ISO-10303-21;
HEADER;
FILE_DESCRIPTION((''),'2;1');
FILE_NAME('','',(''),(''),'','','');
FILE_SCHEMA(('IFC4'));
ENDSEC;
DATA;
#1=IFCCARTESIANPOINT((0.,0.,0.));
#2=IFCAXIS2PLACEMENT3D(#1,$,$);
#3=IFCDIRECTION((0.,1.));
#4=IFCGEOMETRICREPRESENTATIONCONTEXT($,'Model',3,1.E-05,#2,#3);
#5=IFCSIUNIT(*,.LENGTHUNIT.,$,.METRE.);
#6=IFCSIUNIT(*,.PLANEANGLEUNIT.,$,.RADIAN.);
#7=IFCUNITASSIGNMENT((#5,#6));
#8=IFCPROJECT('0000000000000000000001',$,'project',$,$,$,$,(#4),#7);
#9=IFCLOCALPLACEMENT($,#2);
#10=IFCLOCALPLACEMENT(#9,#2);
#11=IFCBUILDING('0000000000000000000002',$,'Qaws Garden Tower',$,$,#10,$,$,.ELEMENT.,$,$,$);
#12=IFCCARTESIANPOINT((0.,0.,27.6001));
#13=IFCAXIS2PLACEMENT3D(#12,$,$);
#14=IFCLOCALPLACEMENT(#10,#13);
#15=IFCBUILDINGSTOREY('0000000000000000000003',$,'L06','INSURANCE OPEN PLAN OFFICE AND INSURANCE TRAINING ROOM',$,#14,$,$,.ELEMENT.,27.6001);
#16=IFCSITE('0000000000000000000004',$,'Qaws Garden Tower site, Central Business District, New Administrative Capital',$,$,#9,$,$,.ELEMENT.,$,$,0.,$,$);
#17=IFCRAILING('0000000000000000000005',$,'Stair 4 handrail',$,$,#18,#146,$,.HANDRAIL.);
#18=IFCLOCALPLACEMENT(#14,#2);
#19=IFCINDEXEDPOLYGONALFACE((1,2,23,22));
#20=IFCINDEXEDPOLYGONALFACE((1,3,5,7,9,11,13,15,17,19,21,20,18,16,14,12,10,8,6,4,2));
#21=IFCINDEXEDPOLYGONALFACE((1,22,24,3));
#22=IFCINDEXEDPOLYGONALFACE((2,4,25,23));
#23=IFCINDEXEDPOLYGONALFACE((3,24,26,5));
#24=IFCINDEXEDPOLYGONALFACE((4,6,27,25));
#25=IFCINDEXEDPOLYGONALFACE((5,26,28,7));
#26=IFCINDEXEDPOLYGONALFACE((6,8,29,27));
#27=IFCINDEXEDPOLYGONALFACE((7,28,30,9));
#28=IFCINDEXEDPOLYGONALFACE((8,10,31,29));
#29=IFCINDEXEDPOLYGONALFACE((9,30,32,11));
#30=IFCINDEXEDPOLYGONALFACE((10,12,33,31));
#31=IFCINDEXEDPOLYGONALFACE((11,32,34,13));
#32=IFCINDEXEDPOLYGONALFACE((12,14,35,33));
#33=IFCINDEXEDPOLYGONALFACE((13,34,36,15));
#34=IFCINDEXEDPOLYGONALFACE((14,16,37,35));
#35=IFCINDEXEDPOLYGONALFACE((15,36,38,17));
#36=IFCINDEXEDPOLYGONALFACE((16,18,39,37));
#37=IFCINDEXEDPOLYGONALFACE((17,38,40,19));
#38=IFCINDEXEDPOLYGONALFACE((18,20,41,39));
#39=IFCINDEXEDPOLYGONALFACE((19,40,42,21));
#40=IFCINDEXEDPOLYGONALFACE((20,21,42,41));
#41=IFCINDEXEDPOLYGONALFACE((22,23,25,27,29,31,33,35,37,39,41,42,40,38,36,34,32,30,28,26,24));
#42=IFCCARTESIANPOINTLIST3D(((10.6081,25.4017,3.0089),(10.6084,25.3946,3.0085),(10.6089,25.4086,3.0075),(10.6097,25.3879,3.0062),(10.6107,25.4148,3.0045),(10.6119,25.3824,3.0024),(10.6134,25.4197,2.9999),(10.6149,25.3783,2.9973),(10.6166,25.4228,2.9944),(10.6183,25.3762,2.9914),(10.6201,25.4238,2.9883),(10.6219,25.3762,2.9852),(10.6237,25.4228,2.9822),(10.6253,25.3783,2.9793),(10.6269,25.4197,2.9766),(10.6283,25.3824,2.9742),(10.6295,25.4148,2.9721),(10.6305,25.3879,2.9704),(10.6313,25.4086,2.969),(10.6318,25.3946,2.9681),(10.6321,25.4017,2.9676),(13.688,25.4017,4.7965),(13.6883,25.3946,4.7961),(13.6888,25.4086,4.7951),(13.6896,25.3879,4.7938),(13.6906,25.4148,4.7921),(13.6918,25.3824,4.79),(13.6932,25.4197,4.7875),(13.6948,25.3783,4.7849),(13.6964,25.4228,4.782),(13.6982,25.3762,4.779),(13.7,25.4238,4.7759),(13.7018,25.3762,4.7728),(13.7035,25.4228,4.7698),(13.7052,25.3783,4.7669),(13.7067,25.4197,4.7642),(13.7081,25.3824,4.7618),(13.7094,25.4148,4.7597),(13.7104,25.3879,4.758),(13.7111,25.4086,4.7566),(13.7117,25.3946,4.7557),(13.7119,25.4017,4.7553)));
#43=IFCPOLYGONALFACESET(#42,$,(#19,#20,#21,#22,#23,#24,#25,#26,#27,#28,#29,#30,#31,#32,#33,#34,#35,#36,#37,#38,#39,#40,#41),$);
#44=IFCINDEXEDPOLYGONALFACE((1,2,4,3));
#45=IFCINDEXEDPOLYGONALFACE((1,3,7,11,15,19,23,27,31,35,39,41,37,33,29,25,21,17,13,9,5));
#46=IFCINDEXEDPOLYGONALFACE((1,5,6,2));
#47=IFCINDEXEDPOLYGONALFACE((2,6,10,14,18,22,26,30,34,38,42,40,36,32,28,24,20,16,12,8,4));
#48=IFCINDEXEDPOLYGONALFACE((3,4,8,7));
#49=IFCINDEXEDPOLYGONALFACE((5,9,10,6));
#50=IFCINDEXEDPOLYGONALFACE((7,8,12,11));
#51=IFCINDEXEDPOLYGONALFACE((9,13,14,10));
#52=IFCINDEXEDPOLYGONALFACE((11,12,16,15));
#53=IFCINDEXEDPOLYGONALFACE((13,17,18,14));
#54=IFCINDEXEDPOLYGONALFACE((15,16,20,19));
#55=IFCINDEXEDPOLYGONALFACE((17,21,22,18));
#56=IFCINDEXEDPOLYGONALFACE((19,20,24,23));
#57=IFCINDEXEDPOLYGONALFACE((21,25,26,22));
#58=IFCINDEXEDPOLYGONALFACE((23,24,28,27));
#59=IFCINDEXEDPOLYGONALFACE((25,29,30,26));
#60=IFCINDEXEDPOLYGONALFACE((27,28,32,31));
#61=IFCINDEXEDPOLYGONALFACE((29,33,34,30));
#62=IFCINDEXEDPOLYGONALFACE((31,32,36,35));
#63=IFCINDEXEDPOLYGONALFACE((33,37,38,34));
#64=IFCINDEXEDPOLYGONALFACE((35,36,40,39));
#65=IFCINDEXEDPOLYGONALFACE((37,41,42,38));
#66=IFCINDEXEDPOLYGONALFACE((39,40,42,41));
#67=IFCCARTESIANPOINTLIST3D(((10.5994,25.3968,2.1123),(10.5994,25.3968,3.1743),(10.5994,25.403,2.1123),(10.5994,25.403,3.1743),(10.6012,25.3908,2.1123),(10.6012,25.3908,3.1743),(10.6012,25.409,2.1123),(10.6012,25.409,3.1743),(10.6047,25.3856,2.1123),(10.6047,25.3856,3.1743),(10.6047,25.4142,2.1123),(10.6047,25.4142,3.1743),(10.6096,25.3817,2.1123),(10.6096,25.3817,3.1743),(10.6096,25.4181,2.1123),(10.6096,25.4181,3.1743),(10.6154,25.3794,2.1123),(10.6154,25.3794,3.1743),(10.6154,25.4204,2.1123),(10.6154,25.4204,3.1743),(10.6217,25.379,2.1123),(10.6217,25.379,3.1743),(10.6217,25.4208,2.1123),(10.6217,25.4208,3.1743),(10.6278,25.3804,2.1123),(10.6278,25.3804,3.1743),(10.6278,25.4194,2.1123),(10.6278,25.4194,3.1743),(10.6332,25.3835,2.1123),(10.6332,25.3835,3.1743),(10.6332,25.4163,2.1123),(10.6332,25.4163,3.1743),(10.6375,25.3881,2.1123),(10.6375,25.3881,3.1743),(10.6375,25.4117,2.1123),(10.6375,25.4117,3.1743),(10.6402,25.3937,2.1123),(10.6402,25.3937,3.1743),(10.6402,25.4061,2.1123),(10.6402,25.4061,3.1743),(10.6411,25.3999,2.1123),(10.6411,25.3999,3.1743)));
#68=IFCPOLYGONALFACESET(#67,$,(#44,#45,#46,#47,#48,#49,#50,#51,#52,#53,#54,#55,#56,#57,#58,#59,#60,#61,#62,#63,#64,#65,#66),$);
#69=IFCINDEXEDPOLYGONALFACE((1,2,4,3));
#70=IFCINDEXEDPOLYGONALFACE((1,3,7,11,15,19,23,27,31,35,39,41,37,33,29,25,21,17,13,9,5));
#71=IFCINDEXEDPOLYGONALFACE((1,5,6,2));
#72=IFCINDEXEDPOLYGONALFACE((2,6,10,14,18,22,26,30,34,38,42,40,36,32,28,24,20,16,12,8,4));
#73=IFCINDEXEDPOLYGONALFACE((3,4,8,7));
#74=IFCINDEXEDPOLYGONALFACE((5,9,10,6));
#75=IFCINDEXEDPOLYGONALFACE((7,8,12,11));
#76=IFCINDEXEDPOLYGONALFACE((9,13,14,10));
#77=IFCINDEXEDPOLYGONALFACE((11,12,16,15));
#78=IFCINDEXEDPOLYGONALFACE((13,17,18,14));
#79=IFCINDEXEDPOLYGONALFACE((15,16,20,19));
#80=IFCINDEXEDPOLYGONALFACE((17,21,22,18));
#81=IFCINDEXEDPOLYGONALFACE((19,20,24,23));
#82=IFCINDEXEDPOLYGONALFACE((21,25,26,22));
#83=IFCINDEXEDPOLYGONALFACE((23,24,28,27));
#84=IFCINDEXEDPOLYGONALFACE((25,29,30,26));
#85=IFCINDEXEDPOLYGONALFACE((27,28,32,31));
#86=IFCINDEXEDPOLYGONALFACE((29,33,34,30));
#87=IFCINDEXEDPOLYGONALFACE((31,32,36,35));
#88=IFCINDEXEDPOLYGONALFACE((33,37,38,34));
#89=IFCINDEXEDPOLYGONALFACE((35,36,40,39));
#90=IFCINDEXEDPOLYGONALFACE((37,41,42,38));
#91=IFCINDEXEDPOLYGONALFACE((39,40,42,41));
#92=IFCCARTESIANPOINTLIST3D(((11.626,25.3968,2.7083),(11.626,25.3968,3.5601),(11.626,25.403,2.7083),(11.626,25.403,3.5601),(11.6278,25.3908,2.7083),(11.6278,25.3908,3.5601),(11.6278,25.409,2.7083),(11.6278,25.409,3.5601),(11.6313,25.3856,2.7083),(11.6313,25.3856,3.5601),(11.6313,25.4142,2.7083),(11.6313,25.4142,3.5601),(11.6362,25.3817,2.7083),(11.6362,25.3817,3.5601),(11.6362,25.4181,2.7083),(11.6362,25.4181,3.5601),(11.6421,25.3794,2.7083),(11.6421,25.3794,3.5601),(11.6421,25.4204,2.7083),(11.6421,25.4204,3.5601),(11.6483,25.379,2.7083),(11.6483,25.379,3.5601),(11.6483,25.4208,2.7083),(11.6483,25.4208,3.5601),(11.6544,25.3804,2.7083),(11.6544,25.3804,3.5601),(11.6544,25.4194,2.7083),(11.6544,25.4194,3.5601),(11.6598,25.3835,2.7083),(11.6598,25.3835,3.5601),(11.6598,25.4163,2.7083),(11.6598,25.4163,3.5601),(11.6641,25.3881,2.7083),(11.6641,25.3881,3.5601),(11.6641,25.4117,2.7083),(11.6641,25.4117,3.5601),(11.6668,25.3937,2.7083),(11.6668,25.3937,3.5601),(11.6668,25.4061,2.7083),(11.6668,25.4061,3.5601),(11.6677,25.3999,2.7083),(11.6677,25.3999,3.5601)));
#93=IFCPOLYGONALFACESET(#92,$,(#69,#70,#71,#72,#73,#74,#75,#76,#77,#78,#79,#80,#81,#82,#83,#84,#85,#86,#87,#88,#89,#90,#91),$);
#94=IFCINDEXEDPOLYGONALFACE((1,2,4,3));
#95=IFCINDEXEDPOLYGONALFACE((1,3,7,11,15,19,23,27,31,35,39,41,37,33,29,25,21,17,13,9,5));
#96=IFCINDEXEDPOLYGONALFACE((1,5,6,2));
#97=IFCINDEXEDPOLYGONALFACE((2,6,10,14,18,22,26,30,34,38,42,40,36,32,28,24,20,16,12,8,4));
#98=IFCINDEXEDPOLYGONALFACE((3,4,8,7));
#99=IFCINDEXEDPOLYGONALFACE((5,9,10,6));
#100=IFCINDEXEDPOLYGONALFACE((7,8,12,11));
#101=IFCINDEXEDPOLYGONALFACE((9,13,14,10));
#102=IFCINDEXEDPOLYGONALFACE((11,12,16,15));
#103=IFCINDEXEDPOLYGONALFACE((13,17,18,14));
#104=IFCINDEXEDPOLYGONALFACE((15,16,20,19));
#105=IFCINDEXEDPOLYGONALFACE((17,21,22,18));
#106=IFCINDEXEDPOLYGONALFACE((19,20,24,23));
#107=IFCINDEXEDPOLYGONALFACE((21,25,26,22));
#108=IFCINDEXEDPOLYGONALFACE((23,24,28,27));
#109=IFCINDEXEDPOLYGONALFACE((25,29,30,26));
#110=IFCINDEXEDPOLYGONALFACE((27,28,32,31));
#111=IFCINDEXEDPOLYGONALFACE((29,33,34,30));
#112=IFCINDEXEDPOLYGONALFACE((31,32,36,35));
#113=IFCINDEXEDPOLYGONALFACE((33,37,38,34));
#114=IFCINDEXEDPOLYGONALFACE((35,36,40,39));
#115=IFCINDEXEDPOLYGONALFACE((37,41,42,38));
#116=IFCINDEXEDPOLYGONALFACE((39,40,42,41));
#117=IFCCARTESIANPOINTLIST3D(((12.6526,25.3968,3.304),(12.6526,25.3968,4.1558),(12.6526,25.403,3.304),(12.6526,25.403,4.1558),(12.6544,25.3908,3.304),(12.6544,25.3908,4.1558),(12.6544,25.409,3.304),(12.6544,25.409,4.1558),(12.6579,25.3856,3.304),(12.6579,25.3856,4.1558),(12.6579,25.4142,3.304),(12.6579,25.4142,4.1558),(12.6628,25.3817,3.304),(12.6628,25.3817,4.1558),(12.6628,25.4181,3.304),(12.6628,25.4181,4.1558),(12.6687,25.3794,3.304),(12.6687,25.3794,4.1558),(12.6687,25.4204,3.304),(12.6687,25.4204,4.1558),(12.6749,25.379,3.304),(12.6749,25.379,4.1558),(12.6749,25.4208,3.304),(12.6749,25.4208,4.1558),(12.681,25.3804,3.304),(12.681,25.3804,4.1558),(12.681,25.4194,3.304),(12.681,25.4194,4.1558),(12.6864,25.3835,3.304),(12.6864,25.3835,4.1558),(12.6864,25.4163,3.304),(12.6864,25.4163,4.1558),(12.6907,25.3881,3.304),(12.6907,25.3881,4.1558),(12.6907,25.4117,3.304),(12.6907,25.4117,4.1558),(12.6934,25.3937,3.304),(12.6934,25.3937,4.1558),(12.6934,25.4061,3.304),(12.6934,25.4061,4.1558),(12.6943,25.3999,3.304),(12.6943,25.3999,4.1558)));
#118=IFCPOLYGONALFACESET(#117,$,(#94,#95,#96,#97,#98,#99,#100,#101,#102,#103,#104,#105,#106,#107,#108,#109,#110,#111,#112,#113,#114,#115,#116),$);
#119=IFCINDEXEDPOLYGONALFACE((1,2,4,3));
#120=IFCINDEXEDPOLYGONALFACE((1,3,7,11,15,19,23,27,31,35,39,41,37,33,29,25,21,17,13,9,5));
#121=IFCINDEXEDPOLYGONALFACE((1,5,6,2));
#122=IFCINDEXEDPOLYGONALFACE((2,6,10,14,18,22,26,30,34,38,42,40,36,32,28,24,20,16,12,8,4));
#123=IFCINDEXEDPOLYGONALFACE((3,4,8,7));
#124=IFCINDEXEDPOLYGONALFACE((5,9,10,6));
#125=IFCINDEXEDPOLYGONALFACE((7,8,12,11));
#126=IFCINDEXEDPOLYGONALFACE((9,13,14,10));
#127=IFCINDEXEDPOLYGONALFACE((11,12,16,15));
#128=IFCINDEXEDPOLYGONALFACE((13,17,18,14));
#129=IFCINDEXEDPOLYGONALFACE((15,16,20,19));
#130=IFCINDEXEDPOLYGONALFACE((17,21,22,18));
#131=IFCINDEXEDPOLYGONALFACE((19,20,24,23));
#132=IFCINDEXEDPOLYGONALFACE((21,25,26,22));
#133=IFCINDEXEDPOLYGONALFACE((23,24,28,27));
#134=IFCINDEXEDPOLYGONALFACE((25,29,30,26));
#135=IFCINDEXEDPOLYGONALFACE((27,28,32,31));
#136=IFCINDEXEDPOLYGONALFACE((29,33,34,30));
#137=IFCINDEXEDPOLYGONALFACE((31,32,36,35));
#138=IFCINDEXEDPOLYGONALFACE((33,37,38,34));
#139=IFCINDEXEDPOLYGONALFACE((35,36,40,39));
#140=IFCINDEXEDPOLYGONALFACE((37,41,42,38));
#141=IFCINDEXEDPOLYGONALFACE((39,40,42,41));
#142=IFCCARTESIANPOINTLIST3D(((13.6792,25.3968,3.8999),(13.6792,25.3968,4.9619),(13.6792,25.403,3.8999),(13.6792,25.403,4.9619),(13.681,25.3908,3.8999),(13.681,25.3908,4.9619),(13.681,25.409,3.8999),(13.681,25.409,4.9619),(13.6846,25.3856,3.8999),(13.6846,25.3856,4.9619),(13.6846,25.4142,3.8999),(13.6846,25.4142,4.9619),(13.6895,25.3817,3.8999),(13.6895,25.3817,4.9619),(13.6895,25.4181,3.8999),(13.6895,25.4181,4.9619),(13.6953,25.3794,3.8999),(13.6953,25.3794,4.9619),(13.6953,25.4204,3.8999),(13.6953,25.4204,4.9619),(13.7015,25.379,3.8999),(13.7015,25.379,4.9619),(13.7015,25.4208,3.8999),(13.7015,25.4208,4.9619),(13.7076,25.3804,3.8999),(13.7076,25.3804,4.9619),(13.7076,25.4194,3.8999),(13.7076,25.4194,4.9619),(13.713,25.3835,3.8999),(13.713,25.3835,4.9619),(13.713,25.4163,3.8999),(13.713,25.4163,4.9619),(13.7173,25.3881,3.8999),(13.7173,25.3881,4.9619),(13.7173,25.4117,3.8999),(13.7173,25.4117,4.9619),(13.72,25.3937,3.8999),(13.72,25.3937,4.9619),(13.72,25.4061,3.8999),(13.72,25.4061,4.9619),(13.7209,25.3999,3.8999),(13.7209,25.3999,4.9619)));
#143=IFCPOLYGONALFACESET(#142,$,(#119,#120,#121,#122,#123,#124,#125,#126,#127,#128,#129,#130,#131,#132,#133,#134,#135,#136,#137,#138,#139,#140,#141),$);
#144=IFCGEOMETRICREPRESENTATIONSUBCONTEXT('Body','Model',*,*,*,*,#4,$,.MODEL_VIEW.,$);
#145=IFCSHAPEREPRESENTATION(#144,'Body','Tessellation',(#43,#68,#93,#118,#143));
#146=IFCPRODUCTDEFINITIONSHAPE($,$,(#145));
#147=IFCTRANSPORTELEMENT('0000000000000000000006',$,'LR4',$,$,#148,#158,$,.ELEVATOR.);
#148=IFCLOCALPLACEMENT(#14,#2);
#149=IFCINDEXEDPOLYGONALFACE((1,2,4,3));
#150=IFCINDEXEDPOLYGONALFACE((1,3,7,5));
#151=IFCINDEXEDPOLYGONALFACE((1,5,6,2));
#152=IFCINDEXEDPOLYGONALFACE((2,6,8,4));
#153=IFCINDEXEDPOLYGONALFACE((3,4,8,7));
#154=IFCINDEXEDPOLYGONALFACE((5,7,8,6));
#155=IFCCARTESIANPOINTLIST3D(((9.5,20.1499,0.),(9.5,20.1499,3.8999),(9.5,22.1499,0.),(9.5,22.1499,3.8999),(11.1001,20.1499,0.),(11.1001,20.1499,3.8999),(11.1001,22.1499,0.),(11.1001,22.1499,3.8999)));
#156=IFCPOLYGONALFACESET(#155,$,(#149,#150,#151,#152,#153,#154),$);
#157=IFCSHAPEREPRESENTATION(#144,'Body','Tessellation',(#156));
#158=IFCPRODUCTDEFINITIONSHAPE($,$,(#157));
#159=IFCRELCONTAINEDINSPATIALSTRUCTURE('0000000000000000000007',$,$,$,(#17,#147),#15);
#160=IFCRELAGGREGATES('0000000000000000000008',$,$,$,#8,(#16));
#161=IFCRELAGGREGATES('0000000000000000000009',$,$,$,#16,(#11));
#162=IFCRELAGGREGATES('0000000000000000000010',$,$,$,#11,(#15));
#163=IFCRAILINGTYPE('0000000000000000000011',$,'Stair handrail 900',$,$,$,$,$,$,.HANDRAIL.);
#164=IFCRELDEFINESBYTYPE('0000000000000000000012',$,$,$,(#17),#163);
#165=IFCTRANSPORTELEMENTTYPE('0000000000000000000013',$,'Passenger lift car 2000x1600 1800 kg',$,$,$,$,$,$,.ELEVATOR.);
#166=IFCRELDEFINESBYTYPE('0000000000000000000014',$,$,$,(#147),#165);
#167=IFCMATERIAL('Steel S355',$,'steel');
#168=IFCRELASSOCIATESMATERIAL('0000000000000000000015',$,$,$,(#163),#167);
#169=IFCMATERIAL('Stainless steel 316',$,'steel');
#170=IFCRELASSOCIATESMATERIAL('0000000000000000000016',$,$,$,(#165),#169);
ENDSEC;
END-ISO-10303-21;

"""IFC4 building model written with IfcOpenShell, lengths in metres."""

from ifc_helpers import new_model, si_unit, direction, frame, origin, origin_2d, place, context, subcontext, project, spatial, rectangle, circle, extrude, material, type_object, element, save


model = new_model("IFC4")

# Units and contexts
model_context = context("Model", 3, precision=1e-05, world=origin(), true_north=direction((0.0, 1.0)))
body_context = subcontext(model_context, "Body", "Model", "MODEL_VIEW")
ifc_project = project(units=[si_unit("LENGTHUNIT", "METRE"), si_unit("PLANEANGLEUNIT", "RADIAN")], contexts=[model_context])

# Site, building, storey
site_placement = place(None, origin())
site = spatial("IfcSite", under=ifc_project, at=site_placement, Name="Qaws Garden Tower site, Central Business District, New Administrative Capital", CompositionType="ELEMENT", RefElevation=0.0)
building_placement = place(site_placement, origin())
building = spatial("IfcBuilding", under=site, at=building_placement, Name="Qaws Garden Tower", CompositionType="ELEMENT")
storey_placement = place(building_placement, frame((0.0, 0.0, 27.6001)))
storey = spatial("IfcBuildingStorey", under=building, at=storey_placement, Name="L06", Description="INSURANCE OPEN PLAN OFFICE AND INSURANCE TRAINING ROOM", CompositionType="ELEMENT", Elevation=27.6001)

# Railing
ifc_material_1 = material(Name="Steel S355", Category="steel")
railing_type = type_object("IfcRailingType", Name="Stair handrail 900", PredefinedType="HANDRAIL", material=ifc_material_1)
railing_1_placement = place(storey_placement, frame((10.6201, 25.3999, 2.1123)))
element("IfcRailing", 1, at=railing_1_placement, inside=storey, type_object=railing_type, Name="Stair 4 handrail", PredefinedType="HANDRAIL", context=body_context, shape_type="SweptSolid", body=[
    extrude(circle(Radius=0.0239, at=origin_2d()), frame((0.0, 0.0, 0.876), z_axis=(0.864873, 0.0, 0.50199), x_axis=(0.0, 1.0, 0.0)), (0.0, 0.0, 1.0), 3.561),
    extrude(circle(Radius=0.021, at=origin_2d()), origin(), (0.0, 0.0, 1.0), 1.062),
    extrude(circle(Radius=0.021, at=origin_2d()), frame((1.0266, 0.0, 0.5959)), (0.0, 0.0, 1.0), 0.8518),
    extrude(circle(Radius=0.021, at=origin_2d()), frame((2.0532, 0.0, 1.1917)), (0.0, 0.0, 1.0), 0.8518),
    extrude(circle(Radius=0.021, at=origin_2d()), frame((3.0798, 0.0, 1.7876)), (0.0, 0.0, 1.0), 1.062),
])

# Transport element
ifc_material_2 = material(Name="Stainless steel 316", Category="steel")
transport_element_type = type_object("IfcTransportElementType", Name="Passenger lift car 2000x1600 1800 kg", PredefinedType="ELEVATOR", material=ifc_material_2)
transport_element_placement = place(storey_placement, frame((10.3, 21.1499, 0.0), z_axis=(0.0, 0.0, 1.0), x_axis=(1.0, 0.0, 0.0)))
element("IfcTransportElement", 2, at=transport_element_placement, inside=storey, type_object=transport_element_type, Name="LR4", PredefinedType="ELEVATOR", context=body_context, shape_type="SweptSolid", body=[
    extrude(rectangle(XDim=1.6001, YDim=2.0, at=origin_2d()), origin(), (0.0, 0.0, 1.0), 3.8999),
])

save(model, "model.ifc")
